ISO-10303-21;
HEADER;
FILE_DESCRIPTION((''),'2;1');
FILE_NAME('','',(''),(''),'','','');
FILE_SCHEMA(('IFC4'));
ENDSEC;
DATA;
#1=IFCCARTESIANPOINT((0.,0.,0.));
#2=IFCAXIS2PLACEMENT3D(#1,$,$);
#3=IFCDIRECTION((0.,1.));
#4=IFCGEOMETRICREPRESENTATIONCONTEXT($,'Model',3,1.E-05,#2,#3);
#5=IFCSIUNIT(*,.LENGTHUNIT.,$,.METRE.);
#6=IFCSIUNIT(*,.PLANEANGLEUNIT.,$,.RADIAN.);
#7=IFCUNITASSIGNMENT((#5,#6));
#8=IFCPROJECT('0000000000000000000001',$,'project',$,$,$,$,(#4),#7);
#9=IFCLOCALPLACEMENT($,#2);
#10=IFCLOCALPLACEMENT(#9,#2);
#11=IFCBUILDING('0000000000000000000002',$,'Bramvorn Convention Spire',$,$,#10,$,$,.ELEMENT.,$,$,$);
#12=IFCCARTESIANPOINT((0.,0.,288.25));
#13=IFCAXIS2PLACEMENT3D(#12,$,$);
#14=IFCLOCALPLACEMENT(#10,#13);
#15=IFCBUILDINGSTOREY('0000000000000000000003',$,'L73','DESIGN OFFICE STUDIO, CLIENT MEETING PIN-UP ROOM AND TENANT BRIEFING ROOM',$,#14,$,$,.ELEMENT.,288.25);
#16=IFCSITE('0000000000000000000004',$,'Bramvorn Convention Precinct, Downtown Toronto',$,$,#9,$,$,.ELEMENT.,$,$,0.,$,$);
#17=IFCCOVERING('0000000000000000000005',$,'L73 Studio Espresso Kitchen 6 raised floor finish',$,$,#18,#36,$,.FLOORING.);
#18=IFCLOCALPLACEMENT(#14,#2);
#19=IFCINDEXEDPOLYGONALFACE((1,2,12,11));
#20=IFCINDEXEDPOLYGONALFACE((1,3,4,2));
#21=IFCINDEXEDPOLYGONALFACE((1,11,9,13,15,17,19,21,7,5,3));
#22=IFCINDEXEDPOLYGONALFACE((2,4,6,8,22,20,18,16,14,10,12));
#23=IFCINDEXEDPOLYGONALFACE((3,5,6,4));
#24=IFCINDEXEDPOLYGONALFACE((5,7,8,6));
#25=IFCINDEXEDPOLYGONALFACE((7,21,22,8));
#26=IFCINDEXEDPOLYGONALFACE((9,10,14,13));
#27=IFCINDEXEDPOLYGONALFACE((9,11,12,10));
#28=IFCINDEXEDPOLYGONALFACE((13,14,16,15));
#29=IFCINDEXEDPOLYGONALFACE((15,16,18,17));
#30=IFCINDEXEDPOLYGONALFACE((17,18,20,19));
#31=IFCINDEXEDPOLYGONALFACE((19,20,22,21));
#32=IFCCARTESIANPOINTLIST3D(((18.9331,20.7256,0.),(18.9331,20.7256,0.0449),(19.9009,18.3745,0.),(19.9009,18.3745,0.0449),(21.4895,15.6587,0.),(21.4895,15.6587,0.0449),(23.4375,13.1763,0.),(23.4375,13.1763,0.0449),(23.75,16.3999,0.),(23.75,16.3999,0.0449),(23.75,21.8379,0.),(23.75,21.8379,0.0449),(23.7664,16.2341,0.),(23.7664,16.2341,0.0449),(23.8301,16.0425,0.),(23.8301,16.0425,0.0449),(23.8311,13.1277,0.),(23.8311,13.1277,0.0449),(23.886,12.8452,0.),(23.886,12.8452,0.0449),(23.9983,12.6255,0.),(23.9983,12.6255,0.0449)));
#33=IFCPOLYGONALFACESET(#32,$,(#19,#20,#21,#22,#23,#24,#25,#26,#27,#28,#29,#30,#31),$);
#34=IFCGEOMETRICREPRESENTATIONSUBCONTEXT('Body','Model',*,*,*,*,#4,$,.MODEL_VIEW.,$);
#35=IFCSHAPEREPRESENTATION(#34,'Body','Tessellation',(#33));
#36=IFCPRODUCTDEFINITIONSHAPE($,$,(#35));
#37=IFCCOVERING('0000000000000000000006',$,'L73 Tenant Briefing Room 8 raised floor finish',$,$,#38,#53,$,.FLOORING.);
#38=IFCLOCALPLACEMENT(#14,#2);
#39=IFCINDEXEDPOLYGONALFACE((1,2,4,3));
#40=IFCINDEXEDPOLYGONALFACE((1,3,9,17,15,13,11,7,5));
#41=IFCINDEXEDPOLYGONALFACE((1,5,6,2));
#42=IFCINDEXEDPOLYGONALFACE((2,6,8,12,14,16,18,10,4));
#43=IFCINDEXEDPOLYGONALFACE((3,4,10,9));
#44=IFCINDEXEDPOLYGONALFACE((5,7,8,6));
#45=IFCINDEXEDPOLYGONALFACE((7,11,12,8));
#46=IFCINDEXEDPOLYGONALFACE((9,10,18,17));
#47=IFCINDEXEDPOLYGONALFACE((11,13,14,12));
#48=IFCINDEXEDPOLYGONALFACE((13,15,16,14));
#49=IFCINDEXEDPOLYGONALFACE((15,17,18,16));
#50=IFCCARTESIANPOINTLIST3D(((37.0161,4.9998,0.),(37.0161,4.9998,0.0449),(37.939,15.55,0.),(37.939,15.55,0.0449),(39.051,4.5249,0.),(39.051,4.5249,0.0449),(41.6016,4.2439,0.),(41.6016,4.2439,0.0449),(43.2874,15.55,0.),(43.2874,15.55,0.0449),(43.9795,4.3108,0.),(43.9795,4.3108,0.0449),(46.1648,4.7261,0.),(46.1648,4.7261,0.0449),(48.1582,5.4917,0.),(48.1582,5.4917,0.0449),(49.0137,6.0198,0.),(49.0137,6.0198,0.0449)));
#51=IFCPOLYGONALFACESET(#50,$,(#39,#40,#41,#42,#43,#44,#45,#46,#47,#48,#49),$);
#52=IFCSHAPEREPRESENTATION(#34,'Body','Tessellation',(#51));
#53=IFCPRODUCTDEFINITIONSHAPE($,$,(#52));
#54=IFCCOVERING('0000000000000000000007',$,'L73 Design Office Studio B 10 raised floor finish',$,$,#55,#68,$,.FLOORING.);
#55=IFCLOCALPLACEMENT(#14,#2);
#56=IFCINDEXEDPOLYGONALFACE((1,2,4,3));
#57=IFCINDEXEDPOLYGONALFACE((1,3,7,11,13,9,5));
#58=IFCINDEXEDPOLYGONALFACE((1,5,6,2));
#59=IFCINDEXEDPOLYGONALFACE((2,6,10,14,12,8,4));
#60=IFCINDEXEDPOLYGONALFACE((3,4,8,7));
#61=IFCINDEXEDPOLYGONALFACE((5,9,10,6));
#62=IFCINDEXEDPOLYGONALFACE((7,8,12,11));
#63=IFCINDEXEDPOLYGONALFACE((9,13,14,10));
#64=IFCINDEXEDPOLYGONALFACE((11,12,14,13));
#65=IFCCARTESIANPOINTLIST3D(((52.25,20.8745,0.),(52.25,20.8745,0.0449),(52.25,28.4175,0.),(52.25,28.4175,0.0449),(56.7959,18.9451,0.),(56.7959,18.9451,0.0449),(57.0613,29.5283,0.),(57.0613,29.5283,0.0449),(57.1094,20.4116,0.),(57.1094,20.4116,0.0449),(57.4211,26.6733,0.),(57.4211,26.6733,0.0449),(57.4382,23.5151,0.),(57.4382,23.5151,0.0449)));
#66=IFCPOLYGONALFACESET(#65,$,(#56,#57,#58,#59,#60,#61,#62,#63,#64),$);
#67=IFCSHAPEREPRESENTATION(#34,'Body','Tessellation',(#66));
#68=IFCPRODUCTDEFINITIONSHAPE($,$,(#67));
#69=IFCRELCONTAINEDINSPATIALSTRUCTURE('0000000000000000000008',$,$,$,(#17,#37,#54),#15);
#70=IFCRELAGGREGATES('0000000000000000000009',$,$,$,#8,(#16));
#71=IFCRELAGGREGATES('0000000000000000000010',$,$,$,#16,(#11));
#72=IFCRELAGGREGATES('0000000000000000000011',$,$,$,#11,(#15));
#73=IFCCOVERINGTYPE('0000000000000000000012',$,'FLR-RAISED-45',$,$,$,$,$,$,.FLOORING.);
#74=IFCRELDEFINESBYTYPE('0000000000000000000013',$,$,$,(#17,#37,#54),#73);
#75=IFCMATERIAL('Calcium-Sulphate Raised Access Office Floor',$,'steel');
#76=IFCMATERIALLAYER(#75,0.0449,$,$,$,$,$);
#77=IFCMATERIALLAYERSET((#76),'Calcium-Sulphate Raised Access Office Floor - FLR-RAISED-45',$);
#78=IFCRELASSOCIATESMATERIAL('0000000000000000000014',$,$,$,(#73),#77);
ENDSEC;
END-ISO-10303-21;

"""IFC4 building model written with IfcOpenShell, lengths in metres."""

from ifc_helpers import new_model, si_unit, direction, frame, origin, place, context, subcontext, project, spatial, polyline, outline, extrude, material, layer, layer_set, type_object, element, save


model = new_model("IFC4")

# Units and contexts
model_context = context("Model", 3, precision=1e-05, world=origin(), true_north=direction((0.0, 1.0)))
body_context = subcontext(model_context, "Body", "Model", "MODEL_VIEW")
ifc_project = project(units=[si_unit("LENGTHUNIT", "METRE"), si_unit("PLANEANGLEUNIT", "RADIAN")], contexts=[model_context])

# Site, building, storey
site_placement = place(None, origin())
site = spatial("IfcSite", under=ifc_project, at=site_placement, Name="Bramvorn Convention Precinct, Downtown Toronto", CompositionType="ELEMENT", RefElevation=0.0)
building_placement = place(site_placement, origin())
building = spatial("IfcBuilding", under=site, at=building_placement, Name="Bramvorn Convention Spire", CompositionType="ELEMENT")
storey_placement = place(building_placement, frame((0.0, 0.0, 288.25)))
storey = spatial("IfcBuildingStorey", under=building, at=storey_placement, Name="L73", Description="DESIGN OFFICE STUDIO, CLIENT MEETING PIN-UP ROOM AND TENANT BRIEFING ROOM", CompositionType="ELEMENT", Elevation=288.25)

# Coverings
ifc_material_1 = material(Name="Calcium-Sulphate Raised Access Office Floor", Category="steel")
ifc_layer_1 = layer(ifc_material_1, 0.0449)
ifc_layer_set_1 = layer_set([ifc_layer_1], Name="Calcium-Sulphate Raised Access Office Floor - FLR-RAISED-45")
covering_type = type_object("IfcCoveringType", Name="FLR-RAISED-45", PredefinedType="FLOORING", material=ifc_layer_set_1)
covering_1_placement = place(storey_placement, origin())
element("IfcCovering", 1, at=covering_1_placement, inside=storey, type_object=covering_type, Name="L73 Studio Espresso Kitchen 6 raised floor finish", PredefinedType="FLOORING", context=body_context, shape_type="SweptSolid", body=[
    extrude(outline(polyline([(19.9009, 18.3745), (21.4895, 15.6587), (23.4375, 13.1763), (23.9983, 12.6255), (23.886, 12.8452), (23.8311, 13.1277), (23.8301, 16.0425), (23.7664, 16.2341), (23.75, 16.3999), (23.75, 21.8379), (18.9331, 20.7256), (19.9009, 18.3745)])), origin(), (0.0, 0.0, 1.0), 0.0449),
])
covering_2_placement = place(storey_placement, origin())
element("IfcCovering", 2, at=covering_2_placement, inside=storey, type_object=covering_type, Name="L73 Tenant Briefing Room 8 raised floor finish", PredefinedType="FLOORING", context=body_context, shape_type="SweptSolid", body=[
    extrude(outline(polyline([(39.051, 4.5249), (41.6016, 4.2439), (43.9795, 4.3108), (46.1648, 4.7261), (48.1582, 5.4917), (49.0137, 6.0198), (43.2874, 15.55), (37.939, 15.55), (37.0161, 4.9998), (39.051, 4.5249)])), origin(), (0.0, 0.0, 1.0), 0.0449),
])
covering_3_placement = place(storey_placement, origin())
element("IfcCovering", 3, at=covering_3_placement, inside=storey, type_object=covering_type, Name="L73 Design Office Studio B 10 raised floor finish", PredefinedType="FLOORING", context=body_context, shape_type="SweptSolid", body=[
    extrude(outline(polyline([(52.25, 28.4175), (52.25, 20.8745), (56.7959, 18.9451), (57.1094, 20.4116), (57.4382, 23.5151), (57.4211, 26.6733), (57.0613, 29.5283), (52.25, 28.4175)])), origin(), (0.0, 0.0, 1.0), 0.0449),
])

save(model, "model.ifc")
